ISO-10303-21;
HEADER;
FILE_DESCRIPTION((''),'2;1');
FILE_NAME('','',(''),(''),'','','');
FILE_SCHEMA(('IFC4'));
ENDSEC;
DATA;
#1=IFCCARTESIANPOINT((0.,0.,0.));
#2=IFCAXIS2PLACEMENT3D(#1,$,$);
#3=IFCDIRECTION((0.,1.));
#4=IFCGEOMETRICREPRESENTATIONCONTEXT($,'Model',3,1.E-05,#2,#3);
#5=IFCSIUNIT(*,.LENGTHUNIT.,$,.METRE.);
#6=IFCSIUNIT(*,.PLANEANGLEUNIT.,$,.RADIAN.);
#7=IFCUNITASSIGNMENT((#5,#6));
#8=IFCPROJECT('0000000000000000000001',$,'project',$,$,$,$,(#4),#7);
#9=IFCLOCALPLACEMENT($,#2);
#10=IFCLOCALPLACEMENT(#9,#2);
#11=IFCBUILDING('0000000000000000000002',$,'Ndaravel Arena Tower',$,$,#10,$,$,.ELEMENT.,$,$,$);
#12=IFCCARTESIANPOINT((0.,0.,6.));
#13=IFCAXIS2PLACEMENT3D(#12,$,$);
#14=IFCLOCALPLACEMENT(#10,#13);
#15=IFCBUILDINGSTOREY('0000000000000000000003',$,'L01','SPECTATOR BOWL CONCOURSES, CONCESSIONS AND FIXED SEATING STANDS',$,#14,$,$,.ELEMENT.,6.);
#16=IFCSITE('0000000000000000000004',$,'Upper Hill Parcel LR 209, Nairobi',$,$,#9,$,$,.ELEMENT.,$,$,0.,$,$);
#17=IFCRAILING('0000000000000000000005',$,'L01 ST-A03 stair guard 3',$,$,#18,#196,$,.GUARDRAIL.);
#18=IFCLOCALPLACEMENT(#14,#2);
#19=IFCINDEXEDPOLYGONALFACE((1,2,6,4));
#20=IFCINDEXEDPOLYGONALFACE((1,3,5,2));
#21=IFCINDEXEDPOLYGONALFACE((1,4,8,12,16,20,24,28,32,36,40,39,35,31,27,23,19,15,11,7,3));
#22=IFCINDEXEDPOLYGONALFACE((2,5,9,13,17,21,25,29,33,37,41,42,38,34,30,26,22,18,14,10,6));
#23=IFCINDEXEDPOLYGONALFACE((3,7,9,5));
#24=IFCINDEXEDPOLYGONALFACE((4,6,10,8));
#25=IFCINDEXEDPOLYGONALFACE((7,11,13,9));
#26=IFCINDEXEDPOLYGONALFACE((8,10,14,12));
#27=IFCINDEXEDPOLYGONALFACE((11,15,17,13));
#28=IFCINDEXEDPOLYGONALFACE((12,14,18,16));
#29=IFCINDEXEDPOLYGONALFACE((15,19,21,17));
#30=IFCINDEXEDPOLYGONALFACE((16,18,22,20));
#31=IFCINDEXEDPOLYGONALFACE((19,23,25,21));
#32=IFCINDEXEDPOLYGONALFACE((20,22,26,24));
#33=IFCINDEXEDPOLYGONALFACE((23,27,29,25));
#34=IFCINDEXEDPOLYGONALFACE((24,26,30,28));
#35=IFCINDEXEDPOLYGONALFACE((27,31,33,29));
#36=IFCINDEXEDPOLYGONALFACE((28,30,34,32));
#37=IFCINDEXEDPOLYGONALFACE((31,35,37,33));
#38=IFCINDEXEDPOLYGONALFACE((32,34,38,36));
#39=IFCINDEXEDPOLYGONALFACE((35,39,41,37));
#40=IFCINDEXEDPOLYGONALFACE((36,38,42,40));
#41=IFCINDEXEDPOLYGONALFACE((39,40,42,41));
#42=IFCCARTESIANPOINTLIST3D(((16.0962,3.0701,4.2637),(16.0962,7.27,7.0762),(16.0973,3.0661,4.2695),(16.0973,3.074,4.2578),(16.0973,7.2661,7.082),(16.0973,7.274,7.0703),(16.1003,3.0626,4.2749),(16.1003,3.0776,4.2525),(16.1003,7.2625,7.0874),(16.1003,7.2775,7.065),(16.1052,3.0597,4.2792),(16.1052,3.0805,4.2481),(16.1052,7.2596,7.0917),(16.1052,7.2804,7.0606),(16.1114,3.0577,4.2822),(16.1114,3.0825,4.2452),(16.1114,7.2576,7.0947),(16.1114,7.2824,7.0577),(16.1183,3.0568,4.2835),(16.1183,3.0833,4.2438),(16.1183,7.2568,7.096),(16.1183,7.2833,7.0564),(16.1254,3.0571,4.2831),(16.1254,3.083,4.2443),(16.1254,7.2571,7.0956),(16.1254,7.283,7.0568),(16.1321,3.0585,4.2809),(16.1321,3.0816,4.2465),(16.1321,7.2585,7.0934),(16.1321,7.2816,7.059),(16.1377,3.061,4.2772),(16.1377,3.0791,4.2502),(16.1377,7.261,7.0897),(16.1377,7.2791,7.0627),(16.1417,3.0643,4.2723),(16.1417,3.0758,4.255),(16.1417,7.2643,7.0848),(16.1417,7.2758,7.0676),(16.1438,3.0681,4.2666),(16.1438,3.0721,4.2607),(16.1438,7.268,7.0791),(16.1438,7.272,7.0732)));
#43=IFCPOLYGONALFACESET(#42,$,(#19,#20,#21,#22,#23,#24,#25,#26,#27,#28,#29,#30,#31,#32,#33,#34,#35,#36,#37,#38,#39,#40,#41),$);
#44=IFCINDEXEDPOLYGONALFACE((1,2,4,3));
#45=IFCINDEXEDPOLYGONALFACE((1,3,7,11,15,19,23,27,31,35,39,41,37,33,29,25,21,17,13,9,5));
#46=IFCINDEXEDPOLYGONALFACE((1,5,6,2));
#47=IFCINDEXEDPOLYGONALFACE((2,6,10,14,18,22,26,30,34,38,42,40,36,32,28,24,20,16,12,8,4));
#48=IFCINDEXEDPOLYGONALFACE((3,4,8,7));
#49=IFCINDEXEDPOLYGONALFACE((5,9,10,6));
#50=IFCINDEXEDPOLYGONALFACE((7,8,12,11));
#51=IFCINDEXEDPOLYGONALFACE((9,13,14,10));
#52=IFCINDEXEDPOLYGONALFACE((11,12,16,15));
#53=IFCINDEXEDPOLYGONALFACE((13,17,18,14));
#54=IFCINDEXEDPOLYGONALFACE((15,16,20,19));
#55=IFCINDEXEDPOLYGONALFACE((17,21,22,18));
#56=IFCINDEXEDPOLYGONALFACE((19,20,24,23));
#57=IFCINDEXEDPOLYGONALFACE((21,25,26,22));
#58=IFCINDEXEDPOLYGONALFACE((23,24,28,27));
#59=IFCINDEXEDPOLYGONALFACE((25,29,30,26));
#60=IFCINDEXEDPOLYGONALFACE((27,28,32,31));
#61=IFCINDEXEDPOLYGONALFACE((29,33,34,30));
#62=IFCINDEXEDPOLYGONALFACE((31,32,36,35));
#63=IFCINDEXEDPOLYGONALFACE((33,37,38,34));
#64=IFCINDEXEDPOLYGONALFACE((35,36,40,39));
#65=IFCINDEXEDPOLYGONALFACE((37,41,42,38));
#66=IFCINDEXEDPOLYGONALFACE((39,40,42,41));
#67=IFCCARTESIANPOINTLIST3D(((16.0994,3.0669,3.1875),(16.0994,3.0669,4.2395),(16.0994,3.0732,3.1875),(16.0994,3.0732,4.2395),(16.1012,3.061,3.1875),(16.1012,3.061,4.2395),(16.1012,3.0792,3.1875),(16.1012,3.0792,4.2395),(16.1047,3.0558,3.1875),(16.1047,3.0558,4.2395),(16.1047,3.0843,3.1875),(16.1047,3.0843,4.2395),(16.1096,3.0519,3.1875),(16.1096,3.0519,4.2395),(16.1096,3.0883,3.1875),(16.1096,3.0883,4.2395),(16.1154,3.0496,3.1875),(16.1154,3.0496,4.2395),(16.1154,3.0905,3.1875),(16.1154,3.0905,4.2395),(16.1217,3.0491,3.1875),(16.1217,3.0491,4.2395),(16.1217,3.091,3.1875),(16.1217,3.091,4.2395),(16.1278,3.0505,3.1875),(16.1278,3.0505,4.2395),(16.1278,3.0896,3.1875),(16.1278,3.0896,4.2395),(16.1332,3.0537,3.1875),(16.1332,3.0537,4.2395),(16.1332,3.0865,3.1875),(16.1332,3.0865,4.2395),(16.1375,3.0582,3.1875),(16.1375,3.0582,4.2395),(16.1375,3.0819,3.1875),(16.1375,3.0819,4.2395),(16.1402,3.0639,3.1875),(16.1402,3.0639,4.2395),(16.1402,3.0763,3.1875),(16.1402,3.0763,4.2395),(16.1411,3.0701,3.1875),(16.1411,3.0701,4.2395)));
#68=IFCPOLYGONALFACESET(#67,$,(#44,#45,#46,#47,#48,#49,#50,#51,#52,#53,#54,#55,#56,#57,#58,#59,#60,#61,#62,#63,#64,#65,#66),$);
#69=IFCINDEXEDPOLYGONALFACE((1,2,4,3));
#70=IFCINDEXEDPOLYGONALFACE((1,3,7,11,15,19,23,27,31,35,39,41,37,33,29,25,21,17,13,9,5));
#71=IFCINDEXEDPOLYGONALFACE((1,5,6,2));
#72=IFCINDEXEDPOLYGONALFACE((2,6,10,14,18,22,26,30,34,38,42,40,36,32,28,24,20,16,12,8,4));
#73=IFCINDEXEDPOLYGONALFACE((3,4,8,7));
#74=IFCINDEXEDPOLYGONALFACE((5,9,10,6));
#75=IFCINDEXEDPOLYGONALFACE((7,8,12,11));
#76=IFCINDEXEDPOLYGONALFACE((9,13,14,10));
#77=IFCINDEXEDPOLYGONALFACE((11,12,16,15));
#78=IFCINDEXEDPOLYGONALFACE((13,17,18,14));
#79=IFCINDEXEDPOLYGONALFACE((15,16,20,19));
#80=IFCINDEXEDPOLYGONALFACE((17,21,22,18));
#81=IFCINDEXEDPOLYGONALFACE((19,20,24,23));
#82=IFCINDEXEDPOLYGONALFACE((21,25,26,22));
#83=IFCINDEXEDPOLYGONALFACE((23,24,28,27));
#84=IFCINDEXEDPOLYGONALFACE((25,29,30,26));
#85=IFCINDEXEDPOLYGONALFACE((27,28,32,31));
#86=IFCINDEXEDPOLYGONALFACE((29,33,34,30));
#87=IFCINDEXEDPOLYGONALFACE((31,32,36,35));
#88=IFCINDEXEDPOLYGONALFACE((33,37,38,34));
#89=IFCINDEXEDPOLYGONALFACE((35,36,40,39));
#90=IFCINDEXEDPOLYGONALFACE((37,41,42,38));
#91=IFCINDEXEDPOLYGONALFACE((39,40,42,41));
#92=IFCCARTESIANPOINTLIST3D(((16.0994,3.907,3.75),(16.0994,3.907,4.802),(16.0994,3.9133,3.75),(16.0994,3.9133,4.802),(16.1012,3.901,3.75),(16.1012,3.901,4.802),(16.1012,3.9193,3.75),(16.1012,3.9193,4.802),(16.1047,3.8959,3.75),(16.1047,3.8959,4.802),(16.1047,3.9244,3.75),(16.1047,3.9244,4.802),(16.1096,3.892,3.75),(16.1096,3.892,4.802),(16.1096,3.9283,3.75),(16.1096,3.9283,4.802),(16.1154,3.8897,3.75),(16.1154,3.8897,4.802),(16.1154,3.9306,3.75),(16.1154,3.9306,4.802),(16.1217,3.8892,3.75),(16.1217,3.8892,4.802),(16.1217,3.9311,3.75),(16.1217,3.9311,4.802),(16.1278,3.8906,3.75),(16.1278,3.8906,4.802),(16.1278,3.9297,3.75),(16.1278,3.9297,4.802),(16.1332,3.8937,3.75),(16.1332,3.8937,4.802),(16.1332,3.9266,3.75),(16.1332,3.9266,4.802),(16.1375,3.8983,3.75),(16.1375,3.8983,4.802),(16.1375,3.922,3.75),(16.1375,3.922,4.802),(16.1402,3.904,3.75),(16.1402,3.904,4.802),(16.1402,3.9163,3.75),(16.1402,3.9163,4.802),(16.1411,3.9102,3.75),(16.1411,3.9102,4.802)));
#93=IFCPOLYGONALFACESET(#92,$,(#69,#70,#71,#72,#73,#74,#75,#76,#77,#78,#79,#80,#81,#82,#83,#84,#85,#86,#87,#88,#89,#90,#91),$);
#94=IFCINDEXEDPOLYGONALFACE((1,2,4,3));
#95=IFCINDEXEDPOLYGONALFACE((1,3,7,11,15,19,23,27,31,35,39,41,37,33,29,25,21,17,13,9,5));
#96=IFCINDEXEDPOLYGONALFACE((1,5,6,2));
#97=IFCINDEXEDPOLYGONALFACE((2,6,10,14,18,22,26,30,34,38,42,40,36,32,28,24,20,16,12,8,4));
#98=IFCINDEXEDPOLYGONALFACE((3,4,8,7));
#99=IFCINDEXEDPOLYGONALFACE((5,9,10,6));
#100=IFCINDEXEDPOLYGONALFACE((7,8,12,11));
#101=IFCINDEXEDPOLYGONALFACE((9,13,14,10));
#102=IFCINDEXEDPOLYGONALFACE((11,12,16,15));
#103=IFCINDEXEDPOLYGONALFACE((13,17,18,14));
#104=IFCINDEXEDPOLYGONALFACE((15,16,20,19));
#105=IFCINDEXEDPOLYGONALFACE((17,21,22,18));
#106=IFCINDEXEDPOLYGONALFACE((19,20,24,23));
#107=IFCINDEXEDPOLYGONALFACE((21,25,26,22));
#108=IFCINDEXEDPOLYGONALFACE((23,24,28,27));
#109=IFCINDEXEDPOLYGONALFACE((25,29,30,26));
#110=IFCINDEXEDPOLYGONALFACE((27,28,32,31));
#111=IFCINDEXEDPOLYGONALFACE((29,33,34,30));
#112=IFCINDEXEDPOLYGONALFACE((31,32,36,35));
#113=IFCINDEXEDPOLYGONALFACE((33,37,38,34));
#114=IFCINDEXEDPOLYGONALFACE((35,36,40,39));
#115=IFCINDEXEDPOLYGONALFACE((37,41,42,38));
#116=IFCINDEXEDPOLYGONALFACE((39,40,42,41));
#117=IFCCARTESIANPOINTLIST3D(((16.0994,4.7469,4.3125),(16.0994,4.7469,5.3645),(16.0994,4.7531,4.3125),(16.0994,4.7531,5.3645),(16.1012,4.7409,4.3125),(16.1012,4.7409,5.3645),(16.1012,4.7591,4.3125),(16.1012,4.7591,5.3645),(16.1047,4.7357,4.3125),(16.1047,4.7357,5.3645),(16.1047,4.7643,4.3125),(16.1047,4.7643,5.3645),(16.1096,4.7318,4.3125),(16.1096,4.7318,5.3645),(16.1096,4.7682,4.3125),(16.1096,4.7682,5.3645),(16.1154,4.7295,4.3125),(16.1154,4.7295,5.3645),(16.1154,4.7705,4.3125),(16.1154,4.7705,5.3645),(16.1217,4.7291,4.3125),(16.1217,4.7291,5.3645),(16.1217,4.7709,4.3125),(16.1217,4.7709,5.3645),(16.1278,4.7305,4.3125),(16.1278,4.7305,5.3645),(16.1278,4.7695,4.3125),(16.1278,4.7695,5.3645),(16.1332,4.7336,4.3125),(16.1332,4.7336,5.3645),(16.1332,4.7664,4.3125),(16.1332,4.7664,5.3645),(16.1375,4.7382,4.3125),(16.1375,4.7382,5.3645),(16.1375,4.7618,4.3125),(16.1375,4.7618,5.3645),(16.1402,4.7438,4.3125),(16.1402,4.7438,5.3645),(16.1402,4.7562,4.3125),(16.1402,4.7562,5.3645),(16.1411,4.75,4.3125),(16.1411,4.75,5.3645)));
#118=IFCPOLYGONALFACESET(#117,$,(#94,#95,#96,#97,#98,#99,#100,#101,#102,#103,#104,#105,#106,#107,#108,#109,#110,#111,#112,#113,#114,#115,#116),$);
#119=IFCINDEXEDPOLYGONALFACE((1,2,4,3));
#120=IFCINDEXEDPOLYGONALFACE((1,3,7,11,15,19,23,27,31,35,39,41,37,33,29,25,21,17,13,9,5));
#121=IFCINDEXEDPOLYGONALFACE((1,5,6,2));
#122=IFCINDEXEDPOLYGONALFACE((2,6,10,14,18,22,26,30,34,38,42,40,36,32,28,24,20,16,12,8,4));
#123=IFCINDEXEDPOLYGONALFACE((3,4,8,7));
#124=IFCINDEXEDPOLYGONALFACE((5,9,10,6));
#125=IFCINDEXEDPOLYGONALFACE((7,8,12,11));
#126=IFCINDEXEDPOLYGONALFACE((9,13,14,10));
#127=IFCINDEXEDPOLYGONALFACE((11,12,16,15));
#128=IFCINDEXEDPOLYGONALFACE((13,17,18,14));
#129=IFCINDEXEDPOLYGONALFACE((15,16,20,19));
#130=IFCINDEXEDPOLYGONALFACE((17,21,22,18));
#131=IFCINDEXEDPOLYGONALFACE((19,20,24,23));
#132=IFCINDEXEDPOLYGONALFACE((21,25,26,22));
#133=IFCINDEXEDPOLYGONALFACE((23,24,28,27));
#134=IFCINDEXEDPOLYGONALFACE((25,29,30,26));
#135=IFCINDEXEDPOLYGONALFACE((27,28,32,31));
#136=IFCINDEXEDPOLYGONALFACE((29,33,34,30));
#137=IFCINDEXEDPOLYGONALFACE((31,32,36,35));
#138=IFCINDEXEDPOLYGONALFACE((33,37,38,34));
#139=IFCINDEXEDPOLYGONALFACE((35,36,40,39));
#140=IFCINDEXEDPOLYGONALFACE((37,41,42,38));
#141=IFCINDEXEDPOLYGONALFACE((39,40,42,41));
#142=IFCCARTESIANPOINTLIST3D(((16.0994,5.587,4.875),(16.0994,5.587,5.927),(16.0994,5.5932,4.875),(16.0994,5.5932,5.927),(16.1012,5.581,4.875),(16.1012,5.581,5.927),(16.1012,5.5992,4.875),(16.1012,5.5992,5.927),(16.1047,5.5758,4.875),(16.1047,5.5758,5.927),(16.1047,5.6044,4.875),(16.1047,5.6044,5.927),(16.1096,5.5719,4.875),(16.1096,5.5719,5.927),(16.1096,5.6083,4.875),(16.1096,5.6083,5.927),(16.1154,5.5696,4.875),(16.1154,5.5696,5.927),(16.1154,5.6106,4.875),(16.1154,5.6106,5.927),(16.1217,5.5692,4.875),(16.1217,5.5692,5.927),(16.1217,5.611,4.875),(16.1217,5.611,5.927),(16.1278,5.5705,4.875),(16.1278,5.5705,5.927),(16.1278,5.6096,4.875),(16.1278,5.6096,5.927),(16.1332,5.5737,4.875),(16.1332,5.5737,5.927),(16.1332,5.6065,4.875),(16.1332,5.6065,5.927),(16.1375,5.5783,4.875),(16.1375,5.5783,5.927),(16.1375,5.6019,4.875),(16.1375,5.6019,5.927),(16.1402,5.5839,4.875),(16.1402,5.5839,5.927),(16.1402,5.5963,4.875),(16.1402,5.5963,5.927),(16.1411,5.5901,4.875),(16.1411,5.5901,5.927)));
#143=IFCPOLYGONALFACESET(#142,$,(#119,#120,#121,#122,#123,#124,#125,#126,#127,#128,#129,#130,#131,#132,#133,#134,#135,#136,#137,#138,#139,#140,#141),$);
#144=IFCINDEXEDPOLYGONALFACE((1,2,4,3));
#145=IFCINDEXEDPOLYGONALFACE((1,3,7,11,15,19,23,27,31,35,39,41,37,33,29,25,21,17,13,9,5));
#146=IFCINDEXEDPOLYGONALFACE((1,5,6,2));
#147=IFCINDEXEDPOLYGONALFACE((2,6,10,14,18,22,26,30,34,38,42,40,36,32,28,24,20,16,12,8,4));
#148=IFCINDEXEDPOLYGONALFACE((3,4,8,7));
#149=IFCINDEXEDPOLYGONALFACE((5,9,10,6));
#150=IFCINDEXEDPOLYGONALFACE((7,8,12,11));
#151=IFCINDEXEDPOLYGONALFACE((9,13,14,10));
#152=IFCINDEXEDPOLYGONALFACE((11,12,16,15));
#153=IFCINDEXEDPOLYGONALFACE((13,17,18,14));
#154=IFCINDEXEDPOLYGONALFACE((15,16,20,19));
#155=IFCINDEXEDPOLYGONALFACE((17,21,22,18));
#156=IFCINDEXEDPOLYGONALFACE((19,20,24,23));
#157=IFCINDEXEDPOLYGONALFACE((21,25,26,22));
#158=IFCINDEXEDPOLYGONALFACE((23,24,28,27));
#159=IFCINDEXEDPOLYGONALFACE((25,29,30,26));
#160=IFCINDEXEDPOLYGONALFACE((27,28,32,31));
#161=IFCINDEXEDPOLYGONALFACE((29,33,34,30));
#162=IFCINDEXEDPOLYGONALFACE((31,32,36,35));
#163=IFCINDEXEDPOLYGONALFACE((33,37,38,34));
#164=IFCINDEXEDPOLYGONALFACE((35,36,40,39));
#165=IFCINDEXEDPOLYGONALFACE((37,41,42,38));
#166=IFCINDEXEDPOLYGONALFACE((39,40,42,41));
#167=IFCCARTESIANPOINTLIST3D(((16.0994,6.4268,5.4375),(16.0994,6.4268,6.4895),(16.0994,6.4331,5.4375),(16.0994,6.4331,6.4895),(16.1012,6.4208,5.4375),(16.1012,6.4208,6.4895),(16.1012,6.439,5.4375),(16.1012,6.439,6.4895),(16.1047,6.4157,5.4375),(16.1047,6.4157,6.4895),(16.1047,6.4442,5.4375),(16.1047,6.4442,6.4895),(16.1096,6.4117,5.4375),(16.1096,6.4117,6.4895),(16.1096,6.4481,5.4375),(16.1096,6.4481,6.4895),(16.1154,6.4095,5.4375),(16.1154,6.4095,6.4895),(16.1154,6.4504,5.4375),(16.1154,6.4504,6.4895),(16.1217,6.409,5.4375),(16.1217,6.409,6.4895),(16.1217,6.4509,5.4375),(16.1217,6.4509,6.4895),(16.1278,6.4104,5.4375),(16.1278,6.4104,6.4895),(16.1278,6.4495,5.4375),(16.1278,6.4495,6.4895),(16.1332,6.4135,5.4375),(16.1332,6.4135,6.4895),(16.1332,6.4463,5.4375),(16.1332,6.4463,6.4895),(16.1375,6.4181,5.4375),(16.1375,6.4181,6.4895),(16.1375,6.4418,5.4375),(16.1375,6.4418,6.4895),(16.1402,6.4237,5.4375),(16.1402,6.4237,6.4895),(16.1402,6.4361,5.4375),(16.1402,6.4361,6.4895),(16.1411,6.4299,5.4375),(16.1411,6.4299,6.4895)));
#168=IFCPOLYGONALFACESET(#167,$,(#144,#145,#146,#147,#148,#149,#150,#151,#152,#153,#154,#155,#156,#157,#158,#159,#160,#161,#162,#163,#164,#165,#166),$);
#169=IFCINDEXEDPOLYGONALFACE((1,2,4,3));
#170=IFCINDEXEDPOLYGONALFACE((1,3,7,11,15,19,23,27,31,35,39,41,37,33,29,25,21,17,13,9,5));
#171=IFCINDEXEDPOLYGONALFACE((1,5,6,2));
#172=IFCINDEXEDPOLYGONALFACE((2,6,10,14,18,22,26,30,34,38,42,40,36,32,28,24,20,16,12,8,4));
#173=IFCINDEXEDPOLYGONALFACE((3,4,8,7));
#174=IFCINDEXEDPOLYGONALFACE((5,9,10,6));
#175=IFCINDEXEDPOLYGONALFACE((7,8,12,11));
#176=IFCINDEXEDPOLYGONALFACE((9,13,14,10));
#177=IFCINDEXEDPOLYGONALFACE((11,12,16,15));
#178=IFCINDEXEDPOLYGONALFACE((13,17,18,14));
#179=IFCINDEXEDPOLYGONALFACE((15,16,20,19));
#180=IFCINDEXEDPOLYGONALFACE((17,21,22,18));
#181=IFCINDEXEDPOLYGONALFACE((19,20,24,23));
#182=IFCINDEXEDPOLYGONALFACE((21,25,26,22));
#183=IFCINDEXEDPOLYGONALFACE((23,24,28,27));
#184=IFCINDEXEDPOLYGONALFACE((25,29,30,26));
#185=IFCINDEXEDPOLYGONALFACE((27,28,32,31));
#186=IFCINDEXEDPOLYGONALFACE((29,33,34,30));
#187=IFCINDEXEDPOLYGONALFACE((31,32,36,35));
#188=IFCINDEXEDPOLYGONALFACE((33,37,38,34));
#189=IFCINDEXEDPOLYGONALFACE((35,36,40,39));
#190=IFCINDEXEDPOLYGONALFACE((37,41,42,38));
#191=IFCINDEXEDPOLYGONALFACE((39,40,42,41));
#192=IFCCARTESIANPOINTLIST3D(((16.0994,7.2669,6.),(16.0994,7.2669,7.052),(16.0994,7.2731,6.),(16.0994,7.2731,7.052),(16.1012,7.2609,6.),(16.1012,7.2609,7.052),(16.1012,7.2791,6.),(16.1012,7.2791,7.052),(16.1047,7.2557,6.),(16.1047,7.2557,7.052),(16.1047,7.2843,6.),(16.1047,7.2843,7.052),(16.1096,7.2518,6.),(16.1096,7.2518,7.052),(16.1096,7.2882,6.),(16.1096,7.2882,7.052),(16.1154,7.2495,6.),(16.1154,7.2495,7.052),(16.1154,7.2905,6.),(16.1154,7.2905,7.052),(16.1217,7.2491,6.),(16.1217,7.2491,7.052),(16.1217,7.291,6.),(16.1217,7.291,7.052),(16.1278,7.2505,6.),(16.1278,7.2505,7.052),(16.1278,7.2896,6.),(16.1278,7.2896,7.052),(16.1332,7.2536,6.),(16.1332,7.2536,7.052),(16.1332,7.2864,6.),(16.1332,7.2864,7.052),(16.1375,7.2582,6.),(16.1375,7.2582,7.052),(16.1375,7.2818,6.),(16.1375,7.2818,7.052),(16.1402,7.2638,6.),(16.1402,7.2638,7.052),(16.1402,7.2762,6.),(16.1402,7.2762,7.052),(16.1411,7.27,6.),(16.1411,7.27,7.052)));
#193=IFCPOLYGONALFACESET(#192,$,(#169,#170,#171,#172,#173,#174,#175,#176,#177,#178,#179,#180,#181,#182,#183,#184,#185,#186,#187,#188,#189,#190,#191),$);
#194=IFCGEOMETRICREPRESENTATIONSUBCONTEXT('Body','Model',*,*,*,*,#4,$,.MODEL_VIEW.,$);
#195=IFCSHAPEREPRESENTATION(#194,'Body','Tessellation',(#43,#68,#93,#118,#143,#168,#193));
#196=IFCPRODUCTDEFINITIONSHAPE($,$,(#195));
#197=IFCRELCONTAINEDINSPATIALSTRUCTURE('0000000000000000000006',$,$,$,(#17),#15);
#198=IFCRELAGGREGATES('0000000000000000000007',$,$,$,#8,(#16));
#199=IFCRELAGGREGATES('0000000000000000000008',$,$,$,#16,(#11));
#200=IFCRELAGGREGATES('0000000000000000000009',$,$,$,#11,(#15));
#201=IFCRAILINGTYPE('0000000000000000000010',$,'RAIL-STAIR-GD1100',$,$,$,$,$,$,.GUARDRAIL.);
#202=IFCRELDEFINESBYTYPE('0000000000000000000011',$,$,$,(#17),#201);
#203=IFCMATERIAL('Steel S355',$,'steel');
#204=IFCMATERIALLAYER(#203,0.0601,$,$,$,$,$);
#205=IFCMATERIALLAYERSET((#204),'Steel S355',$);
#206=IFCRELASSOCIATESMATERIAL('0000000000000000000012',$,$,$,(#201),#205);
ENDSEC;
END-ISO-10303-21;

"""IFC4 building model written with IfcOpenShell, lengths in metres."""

from ifc_helpers import new_model, si_unit, direction, frame, origin, origin_2d, place, context, subcontext, project, spatial, circle, extrude, material, layer, layer_set, type_object, element, save


model = new_model("IFC4")

# Units and contexts
model_context = context("Model", 3, precision=1e-05, world=origin(), true_north=direction((0.0, 1.0)))
body_context = subcontext(model_context, "Body", "Model", "MODEL_VIEW")
ifc_project = project(units=[si_unit("LENGTHUNIT", "METRE"), si_unit("PLANEANGLEUNIT", "RADIAN")], contexts=[model_context])

# Site, building, storey
site_placement = place(None, origin())
site = spatial("IfcSite", under=ifc_project, at=site_placement, Name="Upper Hill Parcel LR 209, Nairobi", CompositionType="ELEMENT", RefElevation=0.0)
building_placement = place(site_placement, origin())
building = spatial("IfcBuilding", under=site, at=building_placement, Name="Ndaravel Arena Tower", CompositionType="ELEMENT")
storey_placement = place(building_placement, frame((0.0, 0.0, 6.0)))
storey = spatial("IfcBuildingStorey", under=building, at=storey_placement, Name="L01", Description="SPECTATOR BOWL CONCOURSES, CONCESSIONS AND FIXED SEATING STANDS", CompositionType="ELEMENT", Elevation=6.0)

# Railing
ifc_material_1 = material(Name="Steel S355", Category="steel")
ifc_layer_1 = layer(ifc_material_1, 0.0601)
ifc_layer_set_1 = layer_set([ifc_layer_1], Name="Steel S355")
railing_type_1 = type_object("IfcRailingType", Name="RAIL-STAIR-GD1100", PredefinedType="GUARDRAIL", material=ifc_layer_set_1)
railing_1_placement = place(storey_placement, frame((16.1201, 3.0701, 3.1875)))
element("IfcRailing", 1, at=railing_1_placement, inside=storey, type_object=railing_type_1, Name="L01 ST-A03 stair guard 3", PredefinedType="GUARDRAIL", context=body_context, shape_type="SweptSolid", body=[
    extrude(circle(Radius=0.0239, at=origin_2d()), frame((0.0, 0.0, 1.0762), z_axis=(0.0, 0.830904, 0.556416), x_axis=(-1.0, 0.0, 0.0)), (0.0, 0.0, 1.0), 5.0547),
    extrude(circle(Radius=0.021, at=origin_2d()), origin(), (0.0, 0.0, 1.0), 1.052),
    extrude(circle(Radius=0.021, at=origin_2d()), frame((0.0, 0.8401, 0.5625)), (0.0, 0.0, 1.0), 1.052),
    extrude(circle(Radius=0.021, at=origin_2d()), frame((0.0, 1.6799, 1.125)), (0.0, 0.0, 1.0), 1.052),
    extrude(circle(Radius=0.021, at=origin_2d()), frame((0.0, 2.52, 1.6875)), (0.0, 0.0, 1.0), 1.052),
    extrude(circle(Radius=0.021, at=origin_2d()), frame((0.0, 3.3599, 2.25)), (0.0, 0.0, 1.0), 1.052),
    extrude(circle(Radius=0.021, at=origin_2d()), frame((0.0, 4.2, 2.8125)), (0.0, 0.0, 1.0), 1.052),
])

save(model, "model.ifc")
